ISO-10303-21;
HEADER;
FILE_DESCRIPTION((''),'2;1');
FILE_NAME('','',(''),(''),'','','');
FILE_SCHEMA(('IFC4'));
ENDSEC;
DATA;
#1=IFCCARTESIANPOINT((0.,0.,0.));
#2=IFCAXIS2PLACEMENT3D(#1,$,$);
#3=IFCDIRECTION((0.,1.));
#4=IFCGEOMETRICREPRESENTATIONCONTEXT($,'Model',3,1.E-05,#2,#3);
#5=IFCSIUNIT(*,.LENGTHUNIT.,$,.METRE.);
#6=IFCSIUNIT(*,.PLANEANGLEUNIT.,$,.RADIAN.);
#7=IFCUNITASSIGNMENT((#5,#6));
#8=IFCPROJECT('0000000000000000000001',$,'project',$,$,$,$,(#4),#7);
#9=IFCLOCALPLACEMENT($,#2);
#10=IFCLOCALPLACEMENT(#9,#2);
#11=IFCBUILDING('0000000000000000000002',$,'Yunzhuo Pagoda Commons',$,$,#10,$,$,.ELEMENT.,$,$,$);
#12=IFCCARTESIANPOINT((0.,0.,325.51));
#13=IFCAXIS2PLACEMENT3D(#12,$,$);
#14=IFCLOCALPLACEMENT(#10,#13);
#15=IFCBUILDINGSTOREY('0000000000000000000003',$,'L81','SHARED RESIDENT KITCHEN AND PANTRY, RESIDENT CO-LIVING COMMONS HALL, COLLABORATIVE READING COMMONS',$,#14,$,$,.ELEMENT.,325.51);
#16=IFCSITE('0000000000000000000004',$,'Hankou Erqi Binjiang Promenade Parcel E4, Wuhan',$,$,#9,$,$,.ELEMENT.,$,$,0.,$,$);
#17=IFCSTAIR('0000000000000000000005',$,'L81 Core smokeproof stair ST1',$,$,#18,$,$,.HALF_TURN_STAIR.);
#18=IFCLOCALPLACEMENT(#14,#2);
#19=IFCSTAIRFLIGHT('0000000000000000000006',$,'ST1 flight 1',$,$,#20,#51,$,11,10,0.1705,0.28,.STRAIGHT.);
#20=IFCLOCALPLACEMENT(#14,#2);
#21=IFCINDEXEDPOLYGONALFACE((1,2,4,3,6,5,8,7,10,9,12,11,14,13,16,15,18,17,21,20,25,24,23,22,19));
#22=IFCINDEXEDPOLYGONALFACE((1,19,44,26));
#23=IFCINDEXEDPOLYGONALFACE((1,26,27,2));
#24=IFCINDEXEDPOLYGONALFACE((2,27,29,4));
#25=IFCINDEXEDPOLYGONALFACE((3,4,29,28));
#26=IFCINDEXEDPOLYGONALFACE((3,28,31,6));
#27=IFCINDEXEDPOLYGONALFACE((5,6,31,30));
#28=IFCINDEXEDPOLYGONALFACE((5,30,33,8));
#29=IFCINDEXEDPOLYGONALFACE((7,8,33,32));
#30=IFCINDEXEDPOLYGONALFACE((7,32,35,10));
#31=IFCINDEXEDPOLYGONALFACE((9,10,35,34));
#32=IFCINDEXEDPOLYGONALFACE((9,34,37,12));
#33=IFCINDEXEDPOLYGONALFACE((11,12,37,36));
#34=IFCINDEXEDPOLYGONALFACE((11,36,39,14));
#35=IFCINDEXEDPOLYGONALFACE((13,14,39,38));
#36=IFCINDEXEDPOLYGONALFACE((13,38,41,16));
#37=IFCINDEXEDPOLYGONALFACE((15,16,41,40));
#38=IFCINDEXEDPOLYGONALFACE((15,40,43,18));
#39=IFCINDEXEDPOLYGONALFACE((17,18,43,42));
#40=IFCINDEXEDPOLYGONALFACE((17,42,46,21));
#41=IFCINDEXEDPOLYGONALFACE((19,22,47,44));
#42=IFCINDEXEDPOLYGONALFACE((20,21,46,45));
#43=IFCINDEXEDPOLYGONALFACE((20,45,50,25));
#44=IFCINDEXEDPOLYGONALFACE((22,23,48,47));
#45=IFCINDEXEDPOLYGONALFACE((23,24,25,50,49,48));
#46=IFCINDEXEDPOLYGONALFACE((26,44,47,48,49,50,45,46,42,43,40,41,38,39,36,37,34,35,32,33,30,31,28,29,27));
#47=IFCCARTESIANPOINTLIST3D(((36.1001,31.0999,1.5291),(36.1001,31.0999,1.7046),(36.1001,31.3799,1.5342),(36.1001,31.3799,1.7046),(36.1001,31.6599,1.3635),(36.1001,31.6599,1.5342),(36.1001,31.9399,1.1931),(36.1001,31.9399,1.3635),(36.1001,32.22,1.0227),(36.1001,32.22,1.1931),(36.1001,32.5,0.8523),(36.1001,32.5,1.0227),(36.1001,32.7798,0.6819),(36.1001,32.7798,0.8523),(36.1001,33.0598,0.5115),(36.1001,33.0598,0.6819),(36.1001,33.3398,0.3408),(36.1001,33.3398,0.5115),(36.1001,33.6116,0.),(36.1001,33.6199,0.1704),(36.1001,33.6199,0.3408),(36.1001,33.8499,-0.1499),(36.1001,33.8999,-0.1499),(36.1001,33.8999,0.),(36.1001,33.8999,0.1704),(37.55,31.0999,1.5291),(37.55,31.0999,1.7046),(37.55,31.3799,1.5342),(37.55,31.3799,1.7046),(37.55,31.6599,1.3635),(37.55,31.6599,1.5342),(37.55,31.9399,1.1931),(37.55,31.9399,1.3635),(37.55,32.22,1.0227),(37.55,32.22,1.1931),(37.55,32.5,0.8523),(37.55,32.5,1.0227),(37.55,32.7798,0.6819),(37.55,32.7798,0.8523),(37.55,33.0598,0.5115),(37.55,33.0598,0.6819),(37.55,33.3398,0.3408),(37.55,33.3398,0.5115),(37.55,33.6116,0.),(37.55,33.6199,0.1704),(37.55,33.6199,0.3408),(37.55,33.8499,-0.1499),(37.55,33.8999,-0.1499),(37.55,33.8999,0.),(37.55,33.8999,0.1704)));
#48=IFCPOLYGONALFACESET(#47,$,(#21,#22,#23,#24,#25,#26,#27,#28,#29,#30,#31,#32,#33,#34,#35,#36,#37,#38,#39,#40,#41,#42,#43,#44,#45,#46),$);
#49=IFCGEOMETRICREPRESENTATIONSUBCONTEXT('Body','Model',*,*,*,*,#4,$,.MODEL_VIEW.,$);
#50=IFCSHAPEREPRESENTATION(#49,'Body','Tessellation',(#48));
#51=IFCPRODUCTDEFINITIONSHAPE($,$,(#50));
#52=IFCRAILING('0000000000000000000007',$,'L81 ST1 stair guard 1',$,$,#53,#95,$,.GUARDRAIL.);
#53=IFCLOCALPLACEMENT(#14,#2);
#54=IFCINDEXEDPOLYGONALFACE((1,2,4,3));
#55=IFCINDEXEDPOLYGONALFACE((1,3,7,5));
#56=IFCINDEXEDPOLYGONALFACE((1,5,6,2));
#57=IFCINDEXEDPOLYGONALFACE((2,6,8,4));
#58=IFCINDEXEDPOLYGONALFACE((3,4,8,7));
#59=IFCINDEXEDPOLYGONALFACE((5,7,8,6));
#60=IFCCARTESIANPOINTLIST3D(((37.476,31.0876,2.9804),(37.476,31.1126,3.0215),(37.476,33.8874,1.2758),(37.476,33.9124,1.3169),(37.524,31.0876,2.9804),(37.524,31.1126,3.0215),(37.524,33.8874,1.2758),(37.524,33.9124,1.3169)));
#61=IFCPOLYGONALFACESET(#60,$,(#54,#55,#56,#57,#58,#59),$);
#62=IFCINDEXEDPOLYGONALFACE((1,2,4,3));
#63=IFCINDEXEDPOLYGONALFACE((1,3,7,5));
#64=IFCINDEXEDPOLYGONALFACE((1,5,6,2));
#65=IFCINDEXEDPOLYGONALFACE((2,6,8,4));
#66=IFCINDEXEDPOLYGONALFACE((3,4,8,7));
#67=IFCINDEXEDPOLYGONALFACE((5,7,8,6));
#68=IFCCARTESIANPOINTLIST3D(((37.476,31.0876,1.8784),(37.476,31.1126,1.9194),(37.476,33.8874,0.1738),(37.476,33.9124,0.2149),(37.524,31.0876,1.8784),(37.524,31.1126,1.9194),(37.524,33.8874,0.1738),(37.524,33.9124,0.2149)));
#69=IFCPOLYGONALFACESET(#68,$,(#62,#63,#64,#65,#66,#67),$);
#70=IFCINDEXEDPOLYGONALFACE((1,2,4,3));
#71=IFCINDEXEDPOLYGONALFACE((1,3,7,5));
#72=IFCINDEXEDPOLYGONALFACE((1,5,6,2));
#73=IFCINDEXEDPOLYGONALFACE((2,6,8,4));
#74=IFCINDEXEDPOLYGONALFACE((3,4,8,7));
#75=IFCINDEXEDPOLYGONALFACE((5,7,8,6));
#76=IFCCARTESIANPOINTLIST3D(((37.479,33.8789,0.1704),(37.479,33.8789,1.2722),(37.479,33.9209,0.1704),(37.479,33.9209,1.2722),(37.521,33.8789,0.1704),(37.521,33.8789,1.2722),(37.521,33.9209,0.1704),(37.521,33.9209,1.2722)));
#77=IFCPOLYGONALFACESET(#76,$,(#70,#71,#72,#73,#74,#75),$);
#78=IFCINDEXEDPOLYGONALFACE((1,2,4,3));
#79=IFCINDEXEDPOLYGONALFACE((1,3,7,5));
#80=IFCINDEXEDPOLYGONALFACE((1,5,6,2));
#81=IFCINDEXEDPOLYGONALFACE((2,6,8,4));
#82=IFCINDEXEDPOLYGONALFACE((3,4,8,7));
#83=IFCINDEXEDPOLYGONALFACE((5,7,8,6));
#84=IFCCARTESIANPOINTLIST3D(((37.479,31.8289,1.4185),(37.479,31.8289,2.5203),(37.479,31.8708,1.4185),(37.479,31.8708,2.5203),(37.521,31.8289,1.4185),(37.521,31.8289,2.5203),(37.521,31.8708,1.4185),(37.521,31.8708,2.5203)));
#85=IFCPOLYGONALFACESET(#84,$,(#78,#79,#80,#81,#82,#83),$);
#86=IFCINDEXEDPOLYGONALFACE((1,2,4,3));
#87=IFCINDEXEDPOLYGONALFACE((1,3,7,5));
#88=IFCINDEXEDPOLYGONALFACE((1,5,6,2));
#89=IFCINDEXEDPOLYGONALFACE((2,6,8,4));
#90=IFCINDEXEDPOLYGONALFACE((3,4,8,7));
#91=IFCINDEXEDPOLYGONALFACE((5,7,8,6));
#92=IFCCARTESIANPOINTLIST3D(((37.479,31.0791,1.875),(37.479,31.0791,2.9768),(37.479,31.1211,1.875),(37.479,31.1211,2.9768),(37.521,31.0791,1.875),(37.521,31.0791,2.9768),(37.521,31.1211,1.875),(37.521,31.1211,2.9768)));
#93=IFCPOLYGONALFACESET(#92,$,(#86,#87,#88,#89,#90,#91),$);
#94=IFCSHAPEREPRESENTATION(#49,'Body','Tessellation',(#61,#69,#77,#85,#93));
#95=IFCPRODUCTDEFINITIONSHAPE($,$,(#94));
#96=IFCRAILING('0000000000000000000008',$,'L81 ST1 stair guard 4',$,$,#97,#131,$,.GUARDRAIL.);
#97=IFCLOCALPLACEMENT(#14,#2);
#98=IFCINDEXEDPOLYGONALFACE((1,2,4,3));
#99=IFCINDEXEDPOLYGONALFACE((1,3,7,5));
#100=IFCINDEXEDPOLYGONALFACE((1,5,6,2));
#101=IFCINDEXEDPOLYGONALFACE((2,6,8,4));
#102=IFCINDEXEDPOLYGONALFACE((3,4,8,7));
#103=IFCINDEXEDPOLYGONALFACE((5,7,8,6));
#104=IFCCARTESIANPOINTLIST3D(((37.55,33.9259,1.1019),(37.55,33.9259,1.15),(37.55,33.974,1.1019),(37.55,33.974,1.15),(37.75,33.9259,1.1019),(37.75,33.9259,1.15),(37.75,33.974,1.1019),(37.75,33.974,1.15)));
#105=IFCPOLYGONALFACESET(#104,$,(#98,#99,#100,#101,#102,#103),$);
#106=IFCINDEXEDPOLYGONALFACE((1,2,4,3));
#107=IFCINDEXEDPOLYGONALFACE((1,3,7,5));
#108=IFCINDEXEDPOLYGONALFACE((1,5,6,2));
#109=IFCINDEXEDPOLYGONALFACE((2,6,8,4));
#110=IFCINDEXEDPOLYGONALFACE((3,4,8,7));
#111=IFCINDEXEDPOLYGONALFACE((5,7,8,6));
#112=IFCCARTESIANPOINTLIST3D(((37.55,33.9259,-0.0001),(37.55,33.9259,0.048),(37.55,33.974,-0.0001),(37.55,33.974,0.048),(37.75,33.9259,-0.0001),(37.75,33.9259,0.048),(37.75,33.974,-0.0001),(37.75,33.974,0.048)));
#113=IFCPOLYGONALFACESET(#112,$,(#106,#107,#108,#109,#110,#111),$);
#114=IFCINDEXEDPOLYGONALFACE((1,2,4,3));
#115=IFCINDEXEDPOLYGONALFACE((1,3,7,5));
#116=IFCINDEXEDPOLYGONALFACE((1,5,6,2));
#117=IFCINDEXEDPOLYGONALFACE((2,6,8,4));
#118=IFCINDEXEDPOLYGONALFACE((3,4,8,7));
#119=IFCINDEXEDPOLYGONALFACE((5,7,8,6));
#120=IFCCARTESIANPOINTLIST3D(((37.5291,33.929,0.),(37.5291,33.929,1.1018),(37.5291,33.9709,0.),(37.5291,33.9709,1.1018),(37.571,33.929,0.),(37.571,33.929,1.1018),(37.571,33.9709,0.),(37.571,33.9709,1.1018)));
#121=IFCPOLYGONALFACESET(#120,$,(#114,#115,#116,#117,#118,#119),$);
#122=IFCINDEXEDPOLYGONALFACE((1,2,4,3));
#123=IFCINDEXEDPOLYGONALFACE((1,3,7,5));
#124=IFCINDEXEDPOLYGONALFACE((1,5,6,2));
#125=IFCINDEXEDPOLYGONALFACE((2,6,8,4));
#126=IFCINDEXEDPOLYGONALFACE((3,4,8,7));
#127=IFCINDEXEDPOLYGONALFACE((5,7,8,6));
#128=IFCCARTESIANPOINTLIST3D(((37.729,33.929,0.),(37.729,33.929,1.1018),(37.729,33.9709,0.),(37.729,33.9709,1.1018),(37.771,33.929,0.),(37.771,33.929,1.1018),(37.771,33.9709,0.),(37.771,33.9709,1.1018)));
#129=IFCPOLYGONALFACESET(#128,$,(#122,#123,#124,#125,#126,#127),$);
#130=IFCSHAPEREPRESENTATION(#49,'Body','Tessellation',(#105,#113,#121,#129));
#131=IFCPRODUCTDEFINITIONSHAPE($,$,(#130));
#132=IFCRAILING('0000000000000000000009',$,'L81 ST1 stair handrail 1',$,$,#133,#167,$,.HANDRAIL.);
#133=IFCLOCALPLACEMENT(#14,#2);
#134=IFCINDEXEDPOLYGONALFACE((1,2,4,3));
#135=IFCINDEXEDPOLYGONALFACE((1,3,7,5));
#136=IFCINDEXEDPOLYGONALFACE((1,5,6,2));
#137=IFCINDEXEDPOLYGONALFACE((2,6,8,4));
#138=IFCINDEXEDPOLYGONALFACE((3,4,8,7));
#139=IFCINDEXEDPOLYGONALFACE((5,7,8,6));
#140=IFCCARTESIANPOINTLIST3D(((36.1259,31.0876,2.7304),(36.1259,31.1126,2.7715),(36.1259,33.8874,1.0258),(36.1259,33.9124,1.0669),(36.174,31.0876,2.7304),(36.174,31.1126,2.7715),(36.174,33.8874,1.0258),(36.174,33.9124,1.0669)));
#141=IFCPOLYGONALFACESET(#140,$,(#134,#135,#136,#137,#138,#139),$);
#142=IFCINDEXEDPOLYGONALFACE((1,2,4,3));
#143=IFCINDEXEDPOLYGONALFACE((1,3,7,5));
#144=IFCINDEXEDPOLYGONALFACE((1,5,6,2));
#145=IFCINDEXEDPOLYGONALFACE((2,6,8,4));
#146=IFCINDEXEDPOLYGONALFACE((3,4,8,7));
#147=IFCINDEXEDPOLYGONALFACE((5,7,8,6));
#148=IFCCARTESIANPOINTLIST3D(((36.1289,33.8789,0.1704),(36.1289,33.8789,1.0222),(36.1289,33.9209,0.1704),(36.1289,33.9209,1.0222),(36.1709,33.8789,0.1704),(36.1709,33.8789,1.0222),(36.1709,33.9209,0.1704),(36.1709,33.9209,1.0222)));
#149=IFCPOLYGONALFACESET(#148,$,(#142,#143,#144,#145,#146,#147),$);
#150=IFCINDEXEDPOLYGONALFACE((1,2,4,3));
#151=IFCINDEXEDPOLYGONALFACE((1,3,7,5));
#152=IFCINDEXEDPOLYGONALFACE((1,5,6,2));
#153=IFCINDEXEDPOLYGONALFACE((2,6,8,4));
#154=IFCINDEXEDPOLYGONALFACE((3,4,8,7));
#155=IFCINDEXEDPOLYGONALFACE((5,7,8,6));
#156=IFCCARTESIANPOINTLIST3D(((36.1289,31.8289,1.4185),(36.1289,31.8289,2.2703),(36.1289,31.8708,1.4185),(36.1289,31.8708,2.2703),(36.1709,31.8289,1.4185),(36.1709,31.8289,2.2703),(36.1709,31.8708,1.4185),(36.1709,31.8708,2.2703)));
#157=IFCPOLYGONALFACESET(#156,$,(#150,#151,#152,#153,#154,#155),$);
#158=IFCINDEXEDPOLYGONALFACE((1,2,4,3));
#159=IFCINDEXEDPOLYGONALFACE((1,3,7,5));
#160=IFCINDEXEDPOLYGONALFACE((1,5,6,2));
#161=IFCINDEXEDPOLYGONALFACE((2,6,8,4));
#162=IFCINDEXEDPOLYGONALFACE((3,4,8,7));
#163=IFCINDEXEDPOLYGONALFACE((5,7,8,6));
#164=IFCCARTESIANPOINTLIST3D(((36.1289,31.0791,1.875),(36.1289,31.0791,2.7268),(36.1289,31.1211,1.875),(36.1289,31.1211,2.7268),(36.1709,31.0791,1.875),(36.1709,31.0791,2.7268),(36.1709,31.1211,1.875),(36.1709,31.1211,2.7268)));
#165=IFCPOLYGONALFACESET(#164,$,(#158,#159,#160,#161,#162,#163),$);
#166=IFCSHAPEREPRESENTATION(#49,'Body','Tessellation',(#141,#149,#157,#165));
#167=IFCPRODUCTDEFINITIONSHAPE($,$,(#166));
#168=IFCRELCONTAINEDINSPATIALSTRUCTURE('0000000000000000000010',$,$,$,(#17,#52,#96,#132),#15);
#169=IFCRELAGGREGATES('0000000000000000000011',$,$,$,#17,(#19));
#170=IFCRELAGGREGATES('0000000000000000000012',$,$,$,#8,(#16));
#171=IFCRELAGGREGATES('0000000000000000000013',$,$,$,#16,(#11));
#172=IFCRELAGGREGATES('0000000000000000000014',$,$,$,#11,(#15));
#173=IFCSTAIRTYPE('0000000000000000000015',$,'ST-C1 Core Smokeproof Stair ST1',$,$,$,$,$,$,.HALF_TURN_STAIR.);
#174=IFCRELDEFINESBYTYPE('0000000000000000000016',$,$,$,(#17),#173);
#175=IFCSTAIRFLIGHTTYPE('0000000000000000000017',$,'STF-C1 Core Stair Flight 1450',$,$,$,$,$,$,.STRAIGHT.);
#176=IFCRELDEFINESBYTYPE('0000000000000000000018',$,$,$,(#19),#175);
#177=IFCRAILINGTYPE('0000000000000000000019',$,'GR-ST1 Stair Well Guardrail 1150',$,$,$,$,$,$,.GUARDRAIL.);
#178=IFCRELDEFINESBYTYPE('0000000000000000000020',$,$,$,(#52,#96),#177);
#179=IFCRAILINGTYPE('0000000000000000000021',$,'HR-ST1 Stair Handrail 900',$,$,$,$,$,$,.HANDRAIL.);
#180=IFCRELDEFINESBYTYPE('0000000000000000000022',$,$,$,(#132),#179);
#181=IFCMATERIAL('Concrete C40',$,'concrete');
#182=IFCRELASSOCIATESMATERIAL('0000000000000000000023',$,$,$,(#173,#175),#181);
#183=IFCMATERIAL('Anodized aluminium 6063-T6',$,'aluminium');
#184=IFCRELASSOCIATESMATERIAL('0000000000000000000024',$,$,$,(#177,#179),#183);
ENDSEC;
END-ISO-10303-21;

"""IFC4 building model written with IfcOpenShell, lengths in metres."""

from ifc_helpers import new_model, si_unit, direction, frame, origin, origin_2d, place, context, subcontext, project, spatial, polyline, rectangle, outline, extrude, source, transform, mapped, material, type_object, element, aggregate, save


model = new_model("IFC4")

# Units and contexts
model_context = context("Model", 3, precision=1e-05, world=origin(), true_north=direction((0.0, 1.0)))
body_context = subcontext(model_context, "Body", "Model", "MODEL_VIEW")
ifc_project = project(units=[si_unit("LENGTHUNIT", "METRE"), si_unit("PLANEANGLEUNIT", "RADIAN")], contexts=[model_context])

# Site, building, storey
site_placement = place(None, origin())
site = spatial("IfcSite", under=ifc_project, at=site_placement, Name="Hankou Erqi Binjiang Promenade Parcel E4, Wuhan", CompositionType="ELEMENT", RefElevation=0.0)
building_placement = place(site_placement, origin())
building = spatial("IfcBuilding", under=site, at=building_placement, Name="Yunzhuo Pagoda Commons", CompositionType="ELEMENT")
storey_placement = place(building_placement, frame((0.0, 0.0, 325.51)))
storey = spatial("IfcBuildingStorey", under=building, at=storey_placement, Name="L81", Description="SHARED RESIDENT KITCHEN AND PANTRY, RESIDENT CO-LIVING COMMONS HALL, COLLABORATIVE READING COMMONS", CompositionType="ELEMENT", Elevation=325.51)

# Shared definitions
ifc_material_1 = material(Name="Concrete C40", Category="concrete")

# Stair, stair flight
stair_type = type_object("IfcStairType", Name="ST-C1 Core Smokeproof Stair ST1", PredefinedType="HALF_TURN_STAIR", material=ifc_material_1)
stair_placement = place(storey_placement, origin())
stair = element("IfcStair", 1, at=stair_placement, inside=storey, type_object=stair_type, Name="L81 Core smokeproof stair ST1", PredefinedType="HALF_TURN_STAIR")
stair_flight_type = type_object("IfcStairFlightType", Name="STF-C1 Core Stair Flight 1450", PredefinedType="STRAIGHT", material=ifc_material_1)
shared_shape_1 = source(origin(), body_context, "Body", "SweptSolid", [
    extrude(outline(polyline([(0.0, -0.1499), (0.0, 0.0), (0.0, 0.1704), (0.28, 0.1704), (0.28, 0.3408), (0.5601, 0.3408), (0.5601, 0.5115), (0.8401, 0.5115), (0.8401, 0.6819), (1.1201, 0.6819), (1.1201, 0.8523), (1.3999, 0.8523), (1.3999, 1.0227), (1.6799, 1.0227), (1.6799, 1.1931), (1.96, 1.1931), (1.96, 1.3635), (2.24, 1.3635), (2.24, 1.5342), (2.52, 1.5342), (2.52, 1.7046), (2.8, 1.7046), (2.8, 1.875), (2.8, 1.5291), (0.2883, 0.0), (0.05, -0.1499), (0.0, -0.1499)])), frame((0.0, 0.7251, 0.0), z_axis=(0.0, -1.0, 0.0), x_axis=(1.0, 0.0, 0.0)), (0.0, 0.0, 1.0), 1.45),
])
stair_flight_placement = place(storey_placement, frame((36.825, 33.8999, 0.0), z_axis=(0.0, 0.0, 1.0), x_axis=(0.0, -1.0, 0.0)))
stair_flight = element("IfcStairFlight", 2, at=stair_flight_placement, type_object=stair_flight_type, Name="ST1 flight 1", NumberOfRisers=11, NumberOfTreads=10, PredefinedType="STRAIGHT", RiserHeight=0.1705, TreadLength=0.28, context=body_context, shape_type="MappedRepresentation", body=[
    mapped(shared_shape_1, transform((0.0, 0.0, 0.0), scale=1.0)),
])
aggregate(stair, [stair_flight])

# Railings
ifc_material_2 = material(Name="Anodized aluminium 6063-T6", Category="aluminium")
railing_type_1 = type_object("IfcRailingType", Name="GR-ST1 Stair Well Guardrail 1150", PredefinedType="GUARDRAIL", material=ifc_material_2)
railing_1_placement = place(storey_placement, frame((37.5, 33.8999, 0.1704)))
element("IfcRailing", 3, at=railing_1_placement, inside=storey, type_object=railing_type_1, Name="L81 ST1 stair guard 1", PredefinedType="GUARDRAIL", context=body_context, shape_type="SweptSolid", body=[
    extrude(rectangle(XDim=0.0481, YDim=0.0481, at=origin_2d()), frame((0.0, 0.0, 1.126), z_axis=(0.0, -0.85415, 0.520027), x_axis=(1.0, 0.0, 0.0)), (0.0, 0.0, 1.0), 3.2778),
    extrude(rectangle(XDim=0.0481, YDim=0.0481, at=origin_2d()), frame((0.0, 0.0, 0.0239), z_axis=(0.0, -0.85415, 0.520027), x_axis=(1.0, 0.0, 0.0)), (0.0, 0.0, 1.0), 3.2778),
    extrude(rectangle(XDim=0.042, YDim=0.042, at=origin_2d()), origin(), (0.0, 0.0, 1.0), 1.1018),
    extrude(rectangle(XDim=0.042, YDim=0.042, at=origin_2d()), frame((0.0, -2.05, 1.248)), (0.0, 0.0, 1.0), 1.1018),
    extrude(rectangle(XDim=0.042, YDim=0.042, at=origin_2d()), frame((0.0, -2.7998, 1.7046)), (0.0, 0.0, 1.0), 1.1018),
])
railing_2_placement = place(storey_placement, frame((37.55, 33.95, 0.0)))
element("IfcRailing", 4, at=railing_2_placement, inside=storey, type_object=railing_type_1, Name="L81 ST1 stair guard 4", PredefinedType="GUARDRAIL", context=body_context, shape_type="SweptSolid", body=[
    extrude(rectangle(XDim=0.0481, YDim=0.0481, at=origin_2d()), frame((0.0, 0.0, 1.126), z_axis=(1.0, 0.0, 0.0), x_axis=(0.0, 1.0, 0.0)), (0.0, 0.0, 1.0), 0.2),
    extrude(rectangle(XDim=0.0481, YDim=0.0481, at=origin_2d()), frame((0.0, 0.0, 0.0239), z_axis=(1.0, 0.0, 0.0), x_axis=(0.0, 1.0, 0.0)), (0.0, 0.0, 1.0), 0.2),
    extrude(rectangle(XDim=0.042, YDim=0.042, at=origin_2d()), origin(), (0.0, 0.0, 1.0), 1.1018),
    extrude(rectangle(XDim=0.042, YDim=0.042, at=origin_2d()), frame((0.2, 0.0, 0.0)), (0.0, 0.0, 1.0), 1.1018),
])
railing_type_2 = type_object("IfcRailingType", Name="HR-ST1 Stair Handrail 900", PredefinedType="HANDRAIL", material=ifc_material_2)
railing_3_placement = place(storey_placement, frame((36.1499, 33.8999, 0.1704)))
element("IfcRailing", 5, at=railing_3_placement, inside=storey, type_object=railing_type_2, Name="L81 ST1 stair handrail 1", PredefinedType="HANDRAIL", context=body_context, shape_type="SweptSolid", body=[
    extrude(rectangle(XDim=0.0481, YDim=0.0481, at=origin_2d()), frame((0.0, 0.0, 0.876), z_axis=(0.0, -0.85415, 0.520027), x_axis=(1.0, 0.0, 0.0)), (0.0, 0.0, 1.0), 3.2778),
    extrude(rectangle(XDim=0.042, YDim=0.042, at=origin_2d()), origin(), (0.0, 0.0, 1.0), 0.8518),
    extrude(rectangle(XDim=0.042, YDim=0.042, at=origin_2d()), frame((0.0, -2.05, 1.248)), (0.0, 0.0, 1.0), 0.8518),
    extrude(rectangle(XDim=0.042, YDim=0.042, at=origin_2d()), frame((0.0, -2.7998, 1.7046)), (0.0, 0.0, 1.0), 0.8518),
])

save(model, "model.ifc")
